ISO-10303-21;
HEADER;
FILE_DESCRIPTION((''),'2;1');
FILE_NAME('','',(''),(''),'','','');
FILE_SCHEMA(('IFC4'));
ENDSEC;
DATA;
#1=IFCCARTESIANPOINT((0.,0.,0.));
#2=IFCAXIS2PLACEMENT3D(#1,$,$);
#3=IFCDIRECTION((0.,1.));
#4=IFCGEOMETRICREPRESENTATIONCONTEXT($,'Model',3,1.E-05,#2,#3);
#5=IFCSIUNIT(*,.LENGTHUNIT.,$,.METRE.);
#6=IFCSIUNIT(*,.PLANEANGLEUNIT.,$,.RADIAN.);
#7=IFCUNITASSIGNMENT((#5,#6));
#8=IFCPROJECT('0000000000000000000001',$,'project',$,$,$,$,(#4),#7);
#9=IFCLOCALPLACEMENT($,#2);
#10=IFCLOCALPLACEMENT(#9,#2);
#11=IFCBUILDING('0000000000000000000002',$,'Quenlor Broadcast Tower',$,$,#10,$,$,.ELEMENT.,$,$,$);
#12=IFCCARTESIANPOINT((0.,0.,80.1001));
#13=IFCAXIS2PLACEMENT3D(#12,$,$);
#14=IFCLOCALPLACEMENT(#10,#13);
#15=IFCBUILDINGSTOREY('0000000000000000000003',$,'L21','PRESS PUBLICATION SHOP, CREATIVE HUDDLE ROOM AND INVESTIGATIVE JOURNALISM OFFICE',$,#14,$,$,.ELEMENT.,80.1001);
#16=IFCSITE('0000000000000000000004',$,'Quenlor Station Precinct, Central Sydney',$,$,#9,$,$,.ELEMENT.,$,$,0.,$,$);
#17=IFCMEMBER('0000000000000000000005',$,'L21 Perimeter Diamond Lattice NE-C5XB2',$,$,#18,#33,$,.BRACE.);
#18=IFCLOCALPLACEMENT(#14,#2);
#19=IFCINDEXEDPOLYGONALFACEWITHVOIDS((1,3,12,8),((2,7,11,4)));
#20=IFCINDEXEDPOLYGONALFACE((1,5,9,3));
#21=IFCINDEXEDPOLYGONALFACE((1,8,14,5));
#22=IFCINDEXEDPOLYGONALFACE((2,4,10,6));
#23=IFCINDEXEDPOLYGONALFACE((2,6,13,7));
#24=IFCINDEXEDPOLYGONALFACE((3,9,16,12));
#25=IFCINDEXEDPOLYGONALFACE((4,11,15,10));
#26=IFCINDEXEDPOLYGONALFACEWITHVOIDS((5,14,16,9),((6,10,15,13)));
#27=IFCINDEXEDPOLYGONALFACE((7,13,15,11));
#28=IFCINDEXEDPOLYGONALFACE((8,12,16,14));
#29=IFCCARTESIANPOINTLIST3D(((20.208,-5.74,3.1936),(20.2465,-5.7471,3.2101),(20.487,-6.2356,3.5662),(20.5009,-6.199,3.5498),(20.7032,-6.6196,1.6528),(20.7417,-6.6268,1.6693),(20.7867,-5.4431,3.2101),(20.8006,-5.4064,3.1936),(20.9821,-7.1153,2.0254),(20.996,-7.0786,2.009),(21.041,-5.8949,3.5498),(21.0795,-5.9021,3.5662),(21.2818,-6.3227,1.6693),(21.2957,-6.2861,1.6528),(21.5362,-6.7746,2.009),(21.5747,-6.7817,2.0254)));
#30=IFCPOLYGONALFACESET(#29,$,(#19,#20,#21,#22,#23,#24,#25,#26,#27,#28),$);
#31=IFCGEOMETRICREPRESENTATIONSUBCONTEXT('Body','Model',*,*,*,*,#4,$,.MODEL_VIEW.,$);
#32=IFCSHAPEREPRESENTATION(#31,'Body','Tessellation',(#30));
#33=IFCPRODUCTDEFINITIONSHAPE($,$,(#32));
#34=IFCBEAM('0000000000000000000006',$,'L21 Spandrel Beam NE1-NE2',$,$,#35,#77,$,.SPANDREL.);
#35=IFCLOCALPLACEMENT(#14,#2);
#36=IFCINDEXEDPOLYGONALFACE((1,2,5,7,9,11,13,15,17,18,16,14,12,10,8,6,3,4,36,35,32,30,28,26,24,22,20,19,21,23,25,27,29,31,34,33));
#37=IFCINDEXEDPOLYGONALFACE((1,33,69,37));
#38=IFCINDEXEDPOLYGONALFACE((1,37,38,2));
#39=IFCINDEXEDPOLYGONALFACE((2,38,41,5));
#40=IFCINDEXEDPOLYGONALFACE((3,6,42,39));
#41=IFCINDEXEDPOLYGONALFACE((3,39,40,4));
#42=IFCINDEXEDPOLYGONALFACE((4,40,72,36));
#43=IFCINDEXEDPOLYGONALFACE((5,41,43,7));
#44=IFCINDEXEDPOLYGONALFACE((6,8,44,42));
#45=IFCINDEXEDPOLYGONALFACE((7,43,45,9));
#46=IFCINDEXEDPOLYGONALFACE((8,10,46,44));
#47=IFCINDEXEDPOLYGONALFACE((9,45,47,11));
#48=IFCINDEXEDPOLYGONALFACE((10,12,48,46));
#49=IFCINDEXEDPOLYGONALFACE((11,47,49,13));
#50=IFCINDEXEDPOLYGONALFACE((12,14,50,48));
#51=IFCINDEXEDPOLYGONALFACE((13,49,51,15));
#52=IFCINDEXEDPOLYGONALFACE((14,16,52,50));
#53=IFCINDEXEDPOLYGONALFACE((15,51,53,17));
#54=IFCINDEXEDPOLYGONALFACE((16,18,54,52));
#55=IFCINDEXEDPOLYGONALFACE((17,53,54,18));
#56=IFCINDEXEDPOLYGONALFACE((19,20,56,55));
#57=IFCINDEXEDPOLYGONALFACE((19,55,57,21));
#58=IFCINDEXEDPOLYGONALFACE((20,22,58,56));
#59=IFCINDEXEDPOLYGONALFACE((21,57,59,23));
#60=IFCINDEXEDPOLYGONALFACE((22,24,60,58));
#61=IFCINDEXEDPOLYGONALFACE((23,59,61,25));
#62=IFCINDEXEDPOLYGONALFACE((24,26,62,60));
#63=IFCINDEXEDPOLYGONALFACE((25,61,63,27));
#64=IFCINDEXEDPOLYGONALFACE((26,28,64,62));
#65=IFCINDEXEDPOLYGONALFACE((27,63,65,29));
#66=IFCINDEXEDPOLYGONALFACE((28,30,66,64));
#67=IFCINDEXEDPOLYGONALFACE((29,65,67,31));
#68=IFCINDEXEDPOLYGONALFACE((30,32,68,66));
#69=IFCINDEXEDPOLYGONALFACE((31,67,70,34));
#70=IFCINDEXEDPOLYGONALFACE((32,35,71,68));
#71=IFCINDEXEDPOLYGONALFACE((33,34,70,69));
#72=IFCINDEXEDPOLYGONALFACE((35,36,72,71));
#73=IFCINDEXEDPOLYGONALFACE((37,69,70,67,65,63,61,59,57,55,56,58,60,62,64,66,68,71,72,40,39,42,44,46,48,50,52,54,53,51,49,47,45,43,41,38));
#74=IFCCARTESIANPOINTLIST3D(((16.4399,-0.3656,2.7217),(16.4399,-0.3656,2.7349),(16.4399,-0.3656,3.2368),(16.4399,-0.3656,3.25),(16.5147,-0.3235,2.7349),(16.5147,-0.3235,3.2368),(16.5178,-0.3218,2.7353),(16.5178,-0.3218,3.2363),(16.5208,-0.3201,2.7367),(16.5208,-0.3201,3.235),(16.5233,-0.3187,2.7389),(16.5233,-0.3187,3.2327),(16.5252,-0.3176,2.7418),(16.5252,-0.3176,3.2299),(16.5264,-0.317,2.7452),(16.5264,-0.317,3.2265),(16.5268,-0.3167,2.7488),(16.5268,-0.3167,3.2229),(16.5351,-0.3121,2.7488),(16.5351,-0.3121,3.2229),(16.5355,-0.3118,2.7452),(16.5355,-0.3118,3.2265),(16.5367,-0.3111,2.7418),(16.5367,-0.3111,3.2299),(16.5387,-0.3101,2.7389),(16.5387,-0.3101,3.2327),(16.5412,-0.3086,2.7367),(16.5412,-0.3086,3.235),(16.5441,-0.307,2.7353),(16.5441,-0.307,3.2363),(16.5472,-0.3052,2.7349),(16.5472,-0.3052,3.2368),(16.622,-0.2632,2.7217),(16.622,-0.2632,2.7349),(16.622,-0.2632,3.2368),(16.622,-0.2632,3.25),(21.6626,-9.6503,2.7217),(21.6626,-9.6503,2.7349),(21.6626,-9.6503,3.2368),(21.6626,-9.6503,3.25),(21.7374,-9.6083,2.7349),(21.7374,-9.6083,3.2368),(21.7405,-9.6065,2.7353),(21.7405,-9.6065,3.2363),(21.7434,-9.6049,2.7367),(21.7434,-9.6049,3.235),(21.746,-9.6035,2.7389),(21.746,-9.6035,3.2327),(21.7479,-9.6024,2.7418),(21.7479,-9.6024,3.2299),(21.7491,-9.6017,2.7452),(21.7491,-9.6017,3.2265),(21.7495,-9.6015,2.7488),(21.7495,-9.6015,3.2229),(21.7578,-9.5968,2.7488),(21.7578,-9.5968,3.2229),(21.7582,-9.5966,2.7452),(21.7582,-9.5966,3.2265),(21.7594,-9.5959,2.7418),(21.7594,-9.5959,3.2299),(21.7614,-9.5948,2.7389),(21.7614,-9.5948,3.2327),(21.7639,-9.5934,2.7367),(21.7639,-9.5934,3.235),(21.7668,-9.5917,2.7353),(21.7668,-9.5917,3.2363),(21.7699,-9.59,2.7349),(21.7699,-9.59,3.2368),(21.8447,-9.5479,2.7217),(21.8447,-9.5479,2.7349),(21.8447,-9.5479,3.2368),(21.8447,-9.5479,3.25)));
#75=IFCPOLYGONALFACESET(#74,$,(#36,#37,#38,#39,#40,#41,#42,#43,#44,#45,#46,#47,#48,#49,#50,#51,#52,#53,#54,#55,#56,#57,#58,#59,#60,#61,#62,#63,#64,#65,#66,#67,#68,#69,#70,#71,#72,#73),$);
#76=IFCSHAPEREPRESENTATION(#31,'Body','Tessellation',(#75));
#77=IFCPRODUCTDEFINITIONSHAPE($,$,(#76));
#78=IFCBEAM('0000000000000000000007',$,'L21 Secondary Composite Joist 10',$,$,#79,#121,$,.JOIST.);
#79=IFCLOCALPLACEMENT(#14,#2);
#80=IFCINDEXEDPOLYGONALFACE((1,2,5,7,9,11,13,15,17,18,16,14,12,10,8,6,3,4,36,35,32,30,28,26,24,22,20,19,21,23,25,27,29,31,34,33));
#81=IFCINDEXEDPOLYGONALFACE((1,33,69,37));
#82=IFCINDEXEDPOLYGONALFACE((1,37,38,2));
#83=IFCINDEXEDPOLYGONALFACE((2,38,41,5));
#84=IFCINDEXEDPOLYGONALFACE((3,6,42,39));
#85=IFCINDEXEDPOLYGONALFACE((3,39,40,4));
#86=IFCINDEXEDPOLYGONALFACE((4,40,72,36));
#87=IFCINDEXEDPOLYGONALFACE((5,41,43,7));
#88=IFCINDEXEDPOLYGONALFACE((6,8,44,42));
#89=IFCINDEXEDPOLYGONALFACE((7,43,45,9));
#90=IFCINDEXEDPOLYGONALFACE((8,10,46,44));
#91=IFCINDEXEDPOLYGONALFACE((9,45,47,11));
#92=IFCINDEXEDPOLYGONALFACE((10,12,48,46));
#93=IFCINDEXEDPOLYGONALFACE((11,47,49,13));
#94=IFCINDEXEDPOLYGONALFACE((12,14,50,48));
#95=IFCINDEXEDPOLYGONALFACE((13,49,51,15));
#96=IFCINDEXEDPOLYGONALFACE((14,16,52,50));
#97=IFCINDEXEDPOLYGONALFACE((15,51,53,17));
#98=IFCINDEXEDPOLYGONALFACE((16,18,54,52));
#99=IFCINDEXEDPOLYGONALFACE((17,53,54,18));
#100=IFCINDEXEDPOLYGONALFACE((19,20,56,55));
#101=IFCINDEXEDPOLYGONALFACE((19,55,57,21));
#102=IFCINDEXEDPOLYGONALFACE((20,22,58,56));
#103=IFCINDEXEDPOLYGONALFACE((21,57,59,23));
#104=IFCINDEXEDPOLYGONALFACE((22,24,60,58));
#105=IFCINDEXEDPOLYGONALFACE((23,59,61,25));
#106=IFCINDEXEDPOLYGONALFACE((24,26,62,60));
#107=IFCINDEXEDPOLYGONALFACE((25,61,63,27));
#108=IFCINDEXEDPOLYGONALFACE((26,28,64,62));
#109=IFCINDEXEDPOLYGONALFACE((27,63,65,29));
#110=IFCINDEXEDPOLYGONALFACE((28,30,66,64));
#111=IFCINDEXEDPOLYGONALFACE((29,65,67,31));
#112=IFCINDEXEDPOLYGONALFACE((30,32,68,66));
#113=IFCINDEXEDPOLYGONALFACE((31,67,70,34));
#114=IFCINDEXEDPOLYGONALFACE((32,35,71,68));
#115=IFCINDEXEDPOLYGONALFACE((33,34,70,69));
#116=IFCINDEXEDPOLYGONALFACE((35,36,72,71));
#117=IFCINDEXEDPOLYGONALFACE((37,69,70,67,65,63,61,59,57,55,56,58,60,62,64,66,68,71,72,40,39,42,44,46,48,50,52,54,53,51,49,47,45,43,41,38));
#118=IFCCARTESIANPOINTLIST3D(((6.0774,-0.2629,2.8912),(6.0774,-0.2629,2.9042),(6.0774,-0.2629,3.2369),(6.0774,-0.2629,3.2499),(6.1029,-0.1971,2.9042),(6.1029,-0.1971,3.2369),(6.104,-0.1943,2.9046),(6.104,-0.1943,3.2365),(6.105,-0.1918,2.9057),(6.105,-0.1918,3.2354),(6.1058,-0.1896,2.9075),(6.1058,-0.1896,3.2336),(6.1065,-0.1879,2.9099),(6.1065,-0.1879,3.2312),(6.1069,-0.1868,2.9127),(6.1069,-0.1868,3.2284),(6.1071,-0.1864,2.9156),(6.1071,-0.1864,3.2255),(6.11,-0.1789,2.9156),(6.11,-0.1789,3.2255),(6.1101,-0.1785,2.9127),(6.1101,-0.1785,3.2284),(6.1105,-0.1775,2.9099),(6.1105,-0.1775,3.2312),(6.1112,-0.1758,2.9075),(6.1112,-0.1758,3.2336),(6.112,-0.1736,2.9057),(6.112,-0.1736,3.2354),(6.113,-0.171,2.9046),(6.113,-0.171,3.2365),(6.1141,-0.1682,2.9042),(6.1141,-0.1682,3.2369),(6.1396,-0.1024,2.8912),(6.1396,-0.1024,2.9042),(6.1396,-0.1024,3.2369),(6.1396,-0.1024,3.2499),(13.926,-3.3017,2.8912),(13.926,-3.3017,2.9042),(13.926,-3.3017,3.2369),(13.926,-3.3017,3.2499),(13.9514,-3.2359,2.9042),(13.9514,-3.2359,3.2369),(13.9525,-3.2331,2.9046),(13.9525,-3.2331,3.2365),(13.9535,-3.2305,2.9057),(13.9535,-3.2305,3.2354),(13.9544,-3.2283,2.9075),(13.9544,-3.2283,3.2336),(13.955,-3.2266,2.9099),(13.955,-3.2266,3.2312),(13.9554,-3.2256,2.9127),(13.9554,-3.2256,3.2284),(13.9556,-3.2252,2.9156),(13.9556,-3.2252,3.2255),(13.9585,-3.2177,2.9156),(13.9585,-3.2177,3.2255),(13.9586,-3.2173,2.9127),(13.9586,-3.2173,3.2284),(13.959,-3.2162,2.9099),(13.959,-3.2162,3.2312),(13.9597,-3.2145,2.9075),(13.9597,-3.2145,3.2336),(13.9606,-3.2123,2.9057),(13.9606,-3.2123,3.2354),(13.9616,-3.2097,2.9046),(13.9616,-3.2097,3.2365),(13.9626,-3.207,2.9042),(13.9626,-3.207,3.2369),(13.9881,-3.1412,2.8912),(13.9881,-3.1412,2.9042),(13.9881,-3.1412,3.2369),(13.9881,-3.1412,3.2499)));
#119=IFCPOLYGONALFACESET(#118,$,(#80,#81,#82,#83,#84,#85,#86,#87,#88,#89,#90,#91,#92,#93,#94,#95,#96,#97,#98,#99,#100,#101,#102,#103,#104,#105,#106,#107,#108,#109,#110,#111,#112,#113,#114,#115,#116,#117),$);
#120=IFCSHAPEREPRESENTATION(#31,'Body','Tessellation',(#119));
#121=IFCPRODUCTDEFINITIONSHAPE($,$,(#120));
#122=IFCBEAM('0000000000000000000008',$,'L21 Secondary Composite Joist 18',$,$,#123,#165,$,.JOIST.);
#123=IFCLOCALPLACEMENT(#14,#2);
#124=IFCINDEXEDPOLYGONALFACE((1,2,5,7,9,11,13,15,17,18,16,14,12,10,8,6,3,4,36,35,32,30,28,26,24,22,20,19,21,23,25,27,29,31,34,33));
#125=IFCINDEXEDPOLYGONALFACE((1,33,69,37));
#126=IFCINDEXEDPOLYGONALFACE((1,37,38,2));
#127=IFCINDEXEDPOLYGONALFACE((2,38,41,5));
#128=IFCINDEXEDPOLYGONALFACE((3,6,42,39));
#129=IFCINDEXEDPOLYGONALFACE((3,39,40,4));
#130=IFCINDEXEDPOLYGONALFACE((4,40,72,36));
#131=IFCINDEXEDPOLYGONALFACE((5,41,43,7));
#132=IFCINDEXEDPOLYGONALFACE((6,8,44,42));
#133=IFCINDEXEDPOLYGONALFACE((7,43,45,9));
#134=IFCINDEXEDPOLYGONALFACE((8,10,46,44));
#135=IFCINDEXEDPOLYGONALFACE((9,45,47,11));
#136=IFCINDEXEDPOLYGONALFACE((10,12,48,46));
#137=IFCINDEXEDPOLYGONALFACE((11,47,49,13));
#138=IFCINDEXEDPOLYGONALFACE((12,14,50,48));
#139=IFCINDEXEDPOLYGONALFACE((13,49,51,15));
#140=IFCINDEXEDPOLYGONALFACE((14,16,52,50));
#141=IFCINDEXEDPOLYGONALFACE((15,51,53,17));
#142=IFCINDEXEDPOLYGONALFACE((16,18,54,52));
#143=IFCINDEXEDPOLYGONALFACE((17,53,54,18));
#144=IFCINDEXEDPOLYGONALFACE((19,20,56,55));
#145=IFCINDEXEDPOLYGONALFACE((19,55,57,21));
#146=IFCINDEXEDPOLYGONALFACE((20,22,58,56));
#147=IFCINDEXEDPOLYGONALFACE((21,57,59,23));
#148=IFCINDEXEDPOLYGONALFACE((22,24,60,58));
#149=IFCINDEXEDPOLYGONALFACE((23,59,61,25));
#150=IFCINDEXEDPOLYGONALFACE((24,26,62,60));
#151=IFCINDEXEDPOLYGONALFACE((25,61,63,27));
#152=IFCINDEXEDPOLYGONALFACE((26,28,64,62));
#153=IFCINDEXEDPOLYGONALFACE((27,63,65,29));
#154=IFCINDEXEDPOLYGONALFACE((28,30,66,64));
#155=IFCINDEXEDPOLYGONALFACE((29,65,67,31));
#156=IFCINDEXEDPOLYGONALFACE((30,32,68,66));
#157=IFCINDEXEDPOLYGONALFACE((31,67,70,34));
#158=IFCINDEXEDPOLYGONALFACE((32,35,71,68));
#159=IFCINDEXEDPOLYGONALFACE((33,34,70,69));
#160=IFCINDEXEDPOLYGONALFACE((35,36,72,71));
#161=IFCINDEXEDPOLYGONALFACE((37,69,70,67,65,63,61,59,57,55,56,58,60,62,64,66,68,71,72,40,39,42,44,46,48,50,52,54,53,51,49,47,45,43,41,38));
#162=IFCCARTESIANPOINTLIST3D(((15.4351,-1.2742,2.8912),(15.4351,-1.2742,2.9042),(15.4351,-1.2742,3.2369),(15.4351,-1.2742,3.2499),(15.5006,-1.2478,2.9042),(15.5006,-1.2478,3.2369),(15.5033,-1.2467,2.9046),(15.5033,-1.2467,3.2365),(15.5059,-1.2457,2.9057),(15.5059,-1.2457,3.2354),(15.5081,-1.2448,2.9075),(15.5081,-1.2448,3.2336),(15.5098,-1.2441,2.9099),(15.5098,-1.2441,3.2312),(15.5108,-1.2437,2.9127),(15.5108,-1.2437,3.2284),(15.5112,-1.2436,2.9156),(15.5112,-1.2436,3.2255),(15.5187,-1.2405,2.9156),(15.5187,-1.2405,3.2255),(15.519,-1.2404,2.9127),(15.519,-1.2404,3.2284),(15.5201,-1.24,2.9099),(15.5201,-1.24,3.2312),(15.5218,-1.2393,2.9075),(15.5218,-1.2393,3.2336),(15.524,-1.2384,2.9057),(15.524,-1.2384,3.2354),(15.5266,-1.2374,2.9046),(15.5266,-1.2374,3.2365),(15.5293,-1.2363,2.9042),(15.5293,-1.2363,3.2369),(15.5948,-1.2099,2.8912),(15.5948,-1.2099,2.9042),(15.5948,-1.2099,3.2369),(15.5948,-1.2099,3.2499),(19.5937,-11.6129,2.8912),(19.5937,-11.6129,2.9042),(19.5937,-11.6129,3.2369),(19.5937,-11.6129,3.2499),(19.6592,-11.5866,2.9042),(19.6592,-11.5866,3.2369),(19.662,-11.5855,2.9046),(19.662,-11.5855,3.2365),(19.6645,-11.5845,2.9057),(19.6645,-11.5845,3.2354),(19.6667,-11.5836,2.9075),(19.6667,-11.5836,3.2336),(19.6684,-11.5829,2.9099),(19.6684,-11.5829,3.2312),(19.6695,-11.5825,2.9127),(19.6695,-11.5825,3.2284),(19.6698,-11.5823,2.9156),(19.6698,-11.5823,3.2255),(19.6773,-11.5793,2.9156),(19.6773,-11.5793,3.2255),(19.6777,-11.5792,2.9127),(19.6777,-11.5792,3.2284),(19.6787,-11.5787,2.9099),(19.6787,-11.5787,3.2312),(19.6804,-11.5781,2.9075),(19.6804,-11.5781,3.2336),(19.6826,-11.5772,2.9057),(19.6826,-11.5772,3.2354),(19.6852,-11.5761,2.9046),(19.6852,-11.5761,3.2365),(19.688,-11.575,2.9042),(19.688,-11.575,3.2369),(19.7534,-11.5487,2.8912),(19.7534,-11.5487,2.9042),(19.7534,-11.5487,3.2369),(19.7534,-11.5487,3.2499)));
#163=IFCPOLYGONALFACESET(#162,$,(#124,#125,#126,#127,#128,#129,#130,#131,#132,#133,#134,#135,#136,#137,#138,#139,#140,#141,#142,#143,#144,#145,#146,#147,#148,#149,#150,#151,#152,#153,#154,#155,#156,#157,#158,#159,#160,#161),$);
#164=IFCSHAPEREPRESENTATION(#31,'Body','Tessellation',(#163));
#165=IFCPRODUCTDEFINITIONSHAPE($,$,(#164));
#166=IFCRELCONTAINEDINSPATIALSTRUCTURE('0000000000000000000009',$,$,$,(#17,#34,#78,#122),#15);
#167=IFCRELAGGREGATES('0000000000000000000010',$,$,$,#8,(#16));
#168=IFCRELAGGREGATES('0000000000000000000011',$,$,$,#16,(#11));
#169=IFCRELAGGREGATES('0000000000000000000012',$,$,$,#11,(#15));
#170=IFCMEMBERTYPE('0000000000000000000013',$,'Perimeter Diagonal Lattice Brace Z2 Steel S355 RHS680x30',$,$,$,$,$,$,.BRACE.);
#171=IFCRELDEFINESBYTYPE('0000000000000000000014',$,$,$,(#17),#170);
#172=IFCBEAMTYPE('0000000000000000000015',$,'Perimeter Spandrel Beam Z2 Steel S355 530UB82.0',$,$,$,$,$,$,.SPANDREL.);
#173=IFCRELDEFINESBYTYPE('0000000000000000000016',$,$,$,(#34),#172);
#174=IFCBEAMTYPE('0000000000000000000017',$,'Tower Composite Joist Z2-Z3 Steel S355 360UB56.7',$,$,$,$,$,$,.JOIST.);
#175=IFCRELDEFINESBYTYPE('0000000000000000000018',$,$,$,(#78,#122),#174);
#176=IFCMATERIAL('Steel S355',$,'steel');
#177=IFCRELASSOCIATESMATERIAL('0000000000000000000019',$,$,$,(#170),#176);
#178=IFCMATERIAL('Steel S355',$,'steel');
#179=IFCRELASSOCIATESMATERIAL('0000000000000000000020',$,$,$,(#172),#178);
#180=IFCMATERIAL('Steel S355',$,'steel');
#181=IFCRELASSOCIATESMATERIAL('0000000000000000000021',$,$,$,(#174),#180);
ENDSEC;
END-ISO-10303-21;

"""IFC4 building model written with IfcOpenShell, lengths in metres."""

from ifc_helpers import new_model, si_unit, direction, frame, origin, origin_2d, place, context, subcontext, project, spatial, hollow_rectangle, i_section, extrude, material, material_profile, profile_set, type_object, element, save


model = new_model("IFC4")

# Units and contexts
model_context = context("Model", 3, precision=1e-05, world=origin(), true_north=direction((0.0, 1.0)))
body_context = subcontext(model_context, "Body", "Model", "MODEL_VIEW")
ifc_project = project(units=[si_unit("LENGTHUNIT", "METRE"), si_unit("PLANEANGLEUNIT", "RADIAN")], contexts=[model_context])

# Site, building, storey
site_placement = place(None, origin())
site = spatial("IfcSite", under=ifc_project, at=site_placement, Name="Quenlor Station Precinct, Central Sydney", CompositionType="ELEMENT", RefElevation=0.0)
building_placement = place(site_placement, origin())
building = spatial("IfcBuilding", under=site, at=building_placement, Name="Quenlor Broadcast Tower", CompositionType="ELEMENT")
storey_placement = place(building_placement, frame((0.0, 0.0, 80.1001)))
storey = spatial("IfcBuildingStorey", under=building, at=storey_placement, Name="L21", Description="PRESS PUBLICATION SHOP, CREATIVE HUDDLE ROOM AND INVESTIGATIVE JOURNALISM OFFICE", CompositionType="ELEMENT", Elevation=80.1001)

# Member
ifc_material_1 = material(Name="Steel S355", Category="steel")
ifc_material_profile_1 = material_profile(ifc_material_1, hollow_rectangle(XDim=0.6799, YDim=0.6799, WallThickness=0.03, at=origin_2d()))
ifc_profile_set_1 = profile_set([ifc_material_profile_1], Name="Steel S355 RHS680x680x30")
member_type_1 = type_object("IfcMemberType", Name="Perimeter Diagonal Lattice Brace Z2 Steel S355 RHS680x30", PredefinedType="BRACE", material=ifc_profile_set_1)
member_1_placement = place(storey_placement, frame((21.1389, -6.7007, 1.8391), z_axis=(-0.268797, 0.477551, 0.836477), x_axis=(-0.87144, -0.490502, 0.0)))
element("IfcMember", 1, at=member_1_placement, inside=storey, type_object=member_type_1, Name="L21 Perimeter Diamond Lattice NE-C5XB2", PredefinedType="BRACE", context=body_context, shape_type="SweptSolid", body=[
    extrude(hollow_rectangle(XDim=0.6799, YDim=0.6799, WallThickness=0.03, at=origin_2d()), origin(), (0.0, 0.0, 1.0), 1.842),
])

# Beams
ifc_material_2 = material(Name="Steel S355", Category="steel")
ifc_material_profile_2 = material_profile(ifc_material_2, i_section(OverallWidth=0.209, OverallDepth=0.5283, WebThickness=0.0095, FlangeThickness=0.0132, FilletRadius=0.0139, at=origin_2d()))
ifc_profile_set_2 = profile_set([ifc_material_profile_2], Name="Steel S355 530UB82.0")
beam_type_1 = type_object("IfcBeamType", Name="Perimeter Spandrel Beam Z2 Steel S355 530UB82.0", PredefinedType="SPANDREL", material=ifc_profile_set_2)
beam_1_placement = place(storey_placement, frame((21.7537, -9.5991, 2.9858), z_axis=(-0.490263, 0.871574, 0.0), x_axis=(-0.871574, -0.490263, 0.0)))
element("IfcBeam", 2, at=beam_1_placement, inside=storey, type_object=beam_type_1, Name="L21 Spandrel Beam NE1-NE2", PredefinedType="SPANDREL", context=body_context, shape_type="SweptSolid", body=[
    extrude(i_section(OverallWidth=0.209, OverallDepth=0.5283, WebThickness=0.0095, FlangeThickness=0.0132, FilletRadius=0.0139, at=origin_2d()), origin(), (0.0, 0.0, 1.0), 10.6528),
])
ifc_material_3 = material(Name="Steel S355", Category="steel")
ifc_material_profile_3 = material_profile(ifc_material_3, i_section(OverallWidth=0.1721, OverallDepth=0.3586, WebThickness=0.0081, FlangeThickness=0.0129, FilletRadius=0.0115, at=origin_2d()))
ifc_profile_set_3 = profile_set([ifc_material_profile_3], Name="Steel S355 360UB56.7")
beam_type_2 = type_object("IfcBeamType", Name="Tower Composite Joist Z2-Z3 Steel S355 360UB56.7", PredefinedType="JOIST", material=ifc_profile_set_3)
beam_2_placement = place(storey_placement, frame((13.957, -3.2214, 3.0706), z_axis=(-0.932543, 0.36106, 0.0), x_axis=(-0.36106, -0.932543, 0.0)))
element("IfcBeam", 3, at=beam_2_placement, inside=storey, type_object=beam_type_2, Name="L21 Secondary Composite Joist 10", PredefinedType="JOIST", context=body_context, shape_type="SweptSolid", body=[
    extrude(i_section(OverallWidth=0.1721, OverallDepth=0.3586, WebThickness=0.0081, FlangeThickness=0.0129, FilletRadius=0.0115, at=origin_2d()), origin(), (0.0, 0.0, 1.0), 8.4163),
])
beam_3_placement = place(storey_placement, frame((19.6736, -11.5808, 3.0706), z_axis=(-0.37318, 0.927759, 0.0), x_axis=(-0.927759, -0.37318, 0.0)))
element("IfcBeam", 4, at=beam_3_placement, inside=storey, type_object=beam_type_2, Name="L21 Secondary Composite Joist 18", PredefinedType="JOIST", context=body_context, shape_type="SweptSolid", body=[
    extrude(i_section(OverallWidth=0.1721, OverallDepth=0.3586, WebThickness=0.0081, FlangeThickness=0.0129, FilletRadius=0.0115, at=origin_2d()), origin(), (0.0, 0.0, 1.0), 11.1438),
])

save(model, "model.ifc")
